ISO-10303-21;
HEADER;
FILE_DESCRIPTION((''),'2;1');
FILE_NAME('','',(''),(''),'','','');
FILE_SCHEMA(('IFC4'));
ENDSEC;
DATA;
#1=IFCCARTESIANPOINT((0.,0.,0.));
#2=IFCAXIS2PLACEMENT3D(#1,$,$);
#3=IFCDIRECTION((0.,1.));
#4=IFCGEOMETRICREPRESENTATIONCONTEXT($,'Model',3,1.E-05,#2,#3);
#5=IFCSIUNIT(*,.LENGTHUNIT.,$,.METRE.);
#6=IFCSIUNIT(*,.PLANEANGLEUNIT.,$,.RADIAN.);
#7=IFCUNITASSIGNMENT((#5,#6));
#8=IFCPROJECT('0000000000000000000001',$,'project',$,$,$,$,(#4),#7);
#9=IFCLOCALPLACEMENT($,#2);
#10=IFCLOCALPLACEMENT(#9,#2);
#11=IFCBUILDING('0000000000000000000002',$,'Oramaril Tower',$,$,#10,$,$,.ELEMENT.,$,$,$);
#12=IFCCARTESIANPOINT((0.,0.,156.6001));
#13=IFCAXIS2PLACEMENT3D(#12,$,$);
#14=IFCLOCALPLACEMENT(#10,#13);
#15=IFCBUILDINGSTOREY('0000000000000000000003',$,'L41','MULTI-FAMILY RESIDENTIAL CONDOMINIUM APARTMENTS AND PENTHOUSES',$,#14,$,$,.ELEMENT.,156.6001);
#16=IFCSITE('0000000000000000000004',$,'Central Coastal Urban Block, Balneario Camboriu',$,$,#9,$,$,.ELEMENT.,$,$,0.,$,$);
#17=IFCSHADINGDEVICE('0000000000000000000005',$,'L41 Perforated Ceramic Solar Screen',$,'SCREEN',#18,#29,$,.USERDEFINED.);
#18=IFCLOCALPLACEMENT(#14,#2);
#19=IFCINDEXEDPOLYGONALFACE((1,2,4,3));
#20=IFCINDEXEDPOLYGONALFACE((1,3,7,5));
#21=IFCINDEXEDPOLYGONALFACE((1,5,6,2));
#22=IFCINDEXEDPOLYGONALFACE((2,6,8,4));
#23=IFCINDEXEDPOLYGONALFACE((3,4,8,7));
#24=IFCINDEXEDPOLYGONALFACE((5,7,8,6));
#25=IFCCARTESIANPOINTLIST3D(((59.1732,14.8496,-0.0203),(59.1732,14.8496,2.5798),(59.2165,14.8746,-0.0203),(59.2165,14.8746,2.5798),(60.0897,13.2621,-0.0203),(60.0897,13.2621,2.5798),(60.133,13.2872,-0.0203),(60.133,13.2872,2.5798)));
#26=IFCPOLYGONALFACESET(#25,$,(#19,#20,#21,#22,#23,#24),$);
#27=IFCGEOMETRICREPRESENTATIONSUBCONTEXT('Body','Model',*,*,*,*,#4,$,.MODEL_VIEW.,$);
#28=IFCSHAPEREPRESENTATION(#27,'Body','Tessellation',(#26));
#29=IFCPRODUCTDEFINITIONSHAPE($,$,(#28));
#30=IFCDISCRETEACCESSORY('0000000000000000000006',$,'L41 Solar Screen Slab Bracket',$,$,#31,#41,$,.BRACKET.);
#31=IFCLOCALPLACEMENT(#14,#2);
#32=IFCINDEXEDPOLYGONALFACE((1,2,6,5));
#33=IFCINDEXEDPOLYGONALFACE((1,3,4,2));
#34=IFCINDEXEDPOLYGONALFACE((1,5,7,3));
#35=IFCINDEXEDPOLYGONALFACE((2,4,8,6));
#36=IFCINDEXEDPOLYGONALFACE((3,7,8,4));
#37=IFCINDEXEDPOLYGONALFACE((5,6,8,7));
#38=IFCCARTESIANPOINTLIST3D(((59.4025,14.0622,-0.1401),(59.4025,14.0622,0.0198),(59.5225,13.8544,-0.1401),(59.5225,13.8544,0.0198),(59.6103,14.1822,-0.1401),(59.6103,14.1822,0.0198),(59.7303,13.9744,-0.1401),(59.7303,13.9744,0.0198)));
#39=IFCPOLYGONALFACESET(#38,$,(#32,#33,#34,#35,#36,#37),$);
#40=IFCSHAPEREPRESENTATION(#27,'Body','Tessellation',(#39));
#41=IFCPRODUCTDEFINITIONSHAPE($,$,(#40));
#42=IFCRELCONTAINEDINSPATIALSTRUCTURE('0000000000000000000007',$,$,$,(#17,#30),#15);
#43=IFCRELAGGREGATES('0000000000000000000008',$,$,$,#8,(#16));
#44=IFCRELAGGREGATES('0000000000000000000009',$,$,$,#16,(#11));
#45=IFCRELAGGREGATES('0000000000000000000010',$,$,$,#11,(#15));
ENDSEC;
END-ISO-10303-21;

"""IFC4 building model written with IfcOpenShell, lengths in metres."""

from ifc_helpers import new_model, si_unit, direction, frame, origin, origin_2d, place, context, subcontext, project, spatial, rectangle, extrude, element, save


model = new_model("IFC4")

# Units and contexts
model_context = context("Model", 3, precision=1e-05, world=origin(), true_north=direction((0.0, 1.0)))
body_context = subcontext(model_context, "Body", "Model", "MODEL_VIEW")
ifc_project = project(units=[si_unit("LENGTHUNIT", "METRE"), si_unit("PLANEANGLEUNIT", "RADIAN")], contexts=[model_context])

# Site, building, storey
site_placement = place(None, origin())
site = spatial("IfcSite", under=ifc_project, at=site_placement, Name="Central Coastal Urban Block, Balneario Camboriu", CompositionType="ELEMENT", RefElevation=0.0)
building_placement = place(site_placement, origin())
building = spatial("IfcBuilding", under=site, at=building_placement, Name="Oramaril Tower", CompositionType="ELEMENT")
storey_placement = place(building_placement, frame((0.0, 0.0, 156.6001)))
storey = spatial("IfcBuildingStorey", under=building, at=storey_placement, Name="L41", Description="MULTI-FAMILY RESIDENTIAL CONDOMINIUM APARTMENTS AND PENTHOUSES", CompositionType="ELEMENT", Elevation=156.6001)

# Shading device
shading_device_placement = place(storey_placement, frame((59.6531, 14.0684, -0.0203), z_axis=(0.0, 0.0, 1.0), x_axis=(-0.5, 0.866025, 0.0)))
element("IfcShadingDevice", 1, at=shading_device_placement, inside=storey, Name="L41 Perforated Ceramic Solar Screen", ObjectType="SCREEN", PredefinedType="USERDEFINED", context=body_context, shape_type="SweptSolid", body=[
    extrude(rectangle(XDim=1.833, YDim=0.05, at=origin_2d()), origin(), (0.0, 0.0, 1.0), 2.6001),
])

# Discrete accessory
discrete_accessory_placement = place(storey_placement, frame((59.5664, 14.0183, -0.1401), z_axis=(0.0, 0.0, 1.0), x_axis=(-0.5, 0.866025, 0.0)))
element("IfcDiscreteAccessory", 2, at=discrete_accessory_placement, inside=storey, Name="L41 Solar Screen Slab Bracket", PredefinedType="BRACKET", context=body_context, shape_type="SweptSolid", body=[
    extrude(rectangle(XDim=0.24, YDim=0.24, at=origin_2d()), origin(), (0.0, 0.0, 1.0), 0.1599),
])

save(model, "model.ifc")
